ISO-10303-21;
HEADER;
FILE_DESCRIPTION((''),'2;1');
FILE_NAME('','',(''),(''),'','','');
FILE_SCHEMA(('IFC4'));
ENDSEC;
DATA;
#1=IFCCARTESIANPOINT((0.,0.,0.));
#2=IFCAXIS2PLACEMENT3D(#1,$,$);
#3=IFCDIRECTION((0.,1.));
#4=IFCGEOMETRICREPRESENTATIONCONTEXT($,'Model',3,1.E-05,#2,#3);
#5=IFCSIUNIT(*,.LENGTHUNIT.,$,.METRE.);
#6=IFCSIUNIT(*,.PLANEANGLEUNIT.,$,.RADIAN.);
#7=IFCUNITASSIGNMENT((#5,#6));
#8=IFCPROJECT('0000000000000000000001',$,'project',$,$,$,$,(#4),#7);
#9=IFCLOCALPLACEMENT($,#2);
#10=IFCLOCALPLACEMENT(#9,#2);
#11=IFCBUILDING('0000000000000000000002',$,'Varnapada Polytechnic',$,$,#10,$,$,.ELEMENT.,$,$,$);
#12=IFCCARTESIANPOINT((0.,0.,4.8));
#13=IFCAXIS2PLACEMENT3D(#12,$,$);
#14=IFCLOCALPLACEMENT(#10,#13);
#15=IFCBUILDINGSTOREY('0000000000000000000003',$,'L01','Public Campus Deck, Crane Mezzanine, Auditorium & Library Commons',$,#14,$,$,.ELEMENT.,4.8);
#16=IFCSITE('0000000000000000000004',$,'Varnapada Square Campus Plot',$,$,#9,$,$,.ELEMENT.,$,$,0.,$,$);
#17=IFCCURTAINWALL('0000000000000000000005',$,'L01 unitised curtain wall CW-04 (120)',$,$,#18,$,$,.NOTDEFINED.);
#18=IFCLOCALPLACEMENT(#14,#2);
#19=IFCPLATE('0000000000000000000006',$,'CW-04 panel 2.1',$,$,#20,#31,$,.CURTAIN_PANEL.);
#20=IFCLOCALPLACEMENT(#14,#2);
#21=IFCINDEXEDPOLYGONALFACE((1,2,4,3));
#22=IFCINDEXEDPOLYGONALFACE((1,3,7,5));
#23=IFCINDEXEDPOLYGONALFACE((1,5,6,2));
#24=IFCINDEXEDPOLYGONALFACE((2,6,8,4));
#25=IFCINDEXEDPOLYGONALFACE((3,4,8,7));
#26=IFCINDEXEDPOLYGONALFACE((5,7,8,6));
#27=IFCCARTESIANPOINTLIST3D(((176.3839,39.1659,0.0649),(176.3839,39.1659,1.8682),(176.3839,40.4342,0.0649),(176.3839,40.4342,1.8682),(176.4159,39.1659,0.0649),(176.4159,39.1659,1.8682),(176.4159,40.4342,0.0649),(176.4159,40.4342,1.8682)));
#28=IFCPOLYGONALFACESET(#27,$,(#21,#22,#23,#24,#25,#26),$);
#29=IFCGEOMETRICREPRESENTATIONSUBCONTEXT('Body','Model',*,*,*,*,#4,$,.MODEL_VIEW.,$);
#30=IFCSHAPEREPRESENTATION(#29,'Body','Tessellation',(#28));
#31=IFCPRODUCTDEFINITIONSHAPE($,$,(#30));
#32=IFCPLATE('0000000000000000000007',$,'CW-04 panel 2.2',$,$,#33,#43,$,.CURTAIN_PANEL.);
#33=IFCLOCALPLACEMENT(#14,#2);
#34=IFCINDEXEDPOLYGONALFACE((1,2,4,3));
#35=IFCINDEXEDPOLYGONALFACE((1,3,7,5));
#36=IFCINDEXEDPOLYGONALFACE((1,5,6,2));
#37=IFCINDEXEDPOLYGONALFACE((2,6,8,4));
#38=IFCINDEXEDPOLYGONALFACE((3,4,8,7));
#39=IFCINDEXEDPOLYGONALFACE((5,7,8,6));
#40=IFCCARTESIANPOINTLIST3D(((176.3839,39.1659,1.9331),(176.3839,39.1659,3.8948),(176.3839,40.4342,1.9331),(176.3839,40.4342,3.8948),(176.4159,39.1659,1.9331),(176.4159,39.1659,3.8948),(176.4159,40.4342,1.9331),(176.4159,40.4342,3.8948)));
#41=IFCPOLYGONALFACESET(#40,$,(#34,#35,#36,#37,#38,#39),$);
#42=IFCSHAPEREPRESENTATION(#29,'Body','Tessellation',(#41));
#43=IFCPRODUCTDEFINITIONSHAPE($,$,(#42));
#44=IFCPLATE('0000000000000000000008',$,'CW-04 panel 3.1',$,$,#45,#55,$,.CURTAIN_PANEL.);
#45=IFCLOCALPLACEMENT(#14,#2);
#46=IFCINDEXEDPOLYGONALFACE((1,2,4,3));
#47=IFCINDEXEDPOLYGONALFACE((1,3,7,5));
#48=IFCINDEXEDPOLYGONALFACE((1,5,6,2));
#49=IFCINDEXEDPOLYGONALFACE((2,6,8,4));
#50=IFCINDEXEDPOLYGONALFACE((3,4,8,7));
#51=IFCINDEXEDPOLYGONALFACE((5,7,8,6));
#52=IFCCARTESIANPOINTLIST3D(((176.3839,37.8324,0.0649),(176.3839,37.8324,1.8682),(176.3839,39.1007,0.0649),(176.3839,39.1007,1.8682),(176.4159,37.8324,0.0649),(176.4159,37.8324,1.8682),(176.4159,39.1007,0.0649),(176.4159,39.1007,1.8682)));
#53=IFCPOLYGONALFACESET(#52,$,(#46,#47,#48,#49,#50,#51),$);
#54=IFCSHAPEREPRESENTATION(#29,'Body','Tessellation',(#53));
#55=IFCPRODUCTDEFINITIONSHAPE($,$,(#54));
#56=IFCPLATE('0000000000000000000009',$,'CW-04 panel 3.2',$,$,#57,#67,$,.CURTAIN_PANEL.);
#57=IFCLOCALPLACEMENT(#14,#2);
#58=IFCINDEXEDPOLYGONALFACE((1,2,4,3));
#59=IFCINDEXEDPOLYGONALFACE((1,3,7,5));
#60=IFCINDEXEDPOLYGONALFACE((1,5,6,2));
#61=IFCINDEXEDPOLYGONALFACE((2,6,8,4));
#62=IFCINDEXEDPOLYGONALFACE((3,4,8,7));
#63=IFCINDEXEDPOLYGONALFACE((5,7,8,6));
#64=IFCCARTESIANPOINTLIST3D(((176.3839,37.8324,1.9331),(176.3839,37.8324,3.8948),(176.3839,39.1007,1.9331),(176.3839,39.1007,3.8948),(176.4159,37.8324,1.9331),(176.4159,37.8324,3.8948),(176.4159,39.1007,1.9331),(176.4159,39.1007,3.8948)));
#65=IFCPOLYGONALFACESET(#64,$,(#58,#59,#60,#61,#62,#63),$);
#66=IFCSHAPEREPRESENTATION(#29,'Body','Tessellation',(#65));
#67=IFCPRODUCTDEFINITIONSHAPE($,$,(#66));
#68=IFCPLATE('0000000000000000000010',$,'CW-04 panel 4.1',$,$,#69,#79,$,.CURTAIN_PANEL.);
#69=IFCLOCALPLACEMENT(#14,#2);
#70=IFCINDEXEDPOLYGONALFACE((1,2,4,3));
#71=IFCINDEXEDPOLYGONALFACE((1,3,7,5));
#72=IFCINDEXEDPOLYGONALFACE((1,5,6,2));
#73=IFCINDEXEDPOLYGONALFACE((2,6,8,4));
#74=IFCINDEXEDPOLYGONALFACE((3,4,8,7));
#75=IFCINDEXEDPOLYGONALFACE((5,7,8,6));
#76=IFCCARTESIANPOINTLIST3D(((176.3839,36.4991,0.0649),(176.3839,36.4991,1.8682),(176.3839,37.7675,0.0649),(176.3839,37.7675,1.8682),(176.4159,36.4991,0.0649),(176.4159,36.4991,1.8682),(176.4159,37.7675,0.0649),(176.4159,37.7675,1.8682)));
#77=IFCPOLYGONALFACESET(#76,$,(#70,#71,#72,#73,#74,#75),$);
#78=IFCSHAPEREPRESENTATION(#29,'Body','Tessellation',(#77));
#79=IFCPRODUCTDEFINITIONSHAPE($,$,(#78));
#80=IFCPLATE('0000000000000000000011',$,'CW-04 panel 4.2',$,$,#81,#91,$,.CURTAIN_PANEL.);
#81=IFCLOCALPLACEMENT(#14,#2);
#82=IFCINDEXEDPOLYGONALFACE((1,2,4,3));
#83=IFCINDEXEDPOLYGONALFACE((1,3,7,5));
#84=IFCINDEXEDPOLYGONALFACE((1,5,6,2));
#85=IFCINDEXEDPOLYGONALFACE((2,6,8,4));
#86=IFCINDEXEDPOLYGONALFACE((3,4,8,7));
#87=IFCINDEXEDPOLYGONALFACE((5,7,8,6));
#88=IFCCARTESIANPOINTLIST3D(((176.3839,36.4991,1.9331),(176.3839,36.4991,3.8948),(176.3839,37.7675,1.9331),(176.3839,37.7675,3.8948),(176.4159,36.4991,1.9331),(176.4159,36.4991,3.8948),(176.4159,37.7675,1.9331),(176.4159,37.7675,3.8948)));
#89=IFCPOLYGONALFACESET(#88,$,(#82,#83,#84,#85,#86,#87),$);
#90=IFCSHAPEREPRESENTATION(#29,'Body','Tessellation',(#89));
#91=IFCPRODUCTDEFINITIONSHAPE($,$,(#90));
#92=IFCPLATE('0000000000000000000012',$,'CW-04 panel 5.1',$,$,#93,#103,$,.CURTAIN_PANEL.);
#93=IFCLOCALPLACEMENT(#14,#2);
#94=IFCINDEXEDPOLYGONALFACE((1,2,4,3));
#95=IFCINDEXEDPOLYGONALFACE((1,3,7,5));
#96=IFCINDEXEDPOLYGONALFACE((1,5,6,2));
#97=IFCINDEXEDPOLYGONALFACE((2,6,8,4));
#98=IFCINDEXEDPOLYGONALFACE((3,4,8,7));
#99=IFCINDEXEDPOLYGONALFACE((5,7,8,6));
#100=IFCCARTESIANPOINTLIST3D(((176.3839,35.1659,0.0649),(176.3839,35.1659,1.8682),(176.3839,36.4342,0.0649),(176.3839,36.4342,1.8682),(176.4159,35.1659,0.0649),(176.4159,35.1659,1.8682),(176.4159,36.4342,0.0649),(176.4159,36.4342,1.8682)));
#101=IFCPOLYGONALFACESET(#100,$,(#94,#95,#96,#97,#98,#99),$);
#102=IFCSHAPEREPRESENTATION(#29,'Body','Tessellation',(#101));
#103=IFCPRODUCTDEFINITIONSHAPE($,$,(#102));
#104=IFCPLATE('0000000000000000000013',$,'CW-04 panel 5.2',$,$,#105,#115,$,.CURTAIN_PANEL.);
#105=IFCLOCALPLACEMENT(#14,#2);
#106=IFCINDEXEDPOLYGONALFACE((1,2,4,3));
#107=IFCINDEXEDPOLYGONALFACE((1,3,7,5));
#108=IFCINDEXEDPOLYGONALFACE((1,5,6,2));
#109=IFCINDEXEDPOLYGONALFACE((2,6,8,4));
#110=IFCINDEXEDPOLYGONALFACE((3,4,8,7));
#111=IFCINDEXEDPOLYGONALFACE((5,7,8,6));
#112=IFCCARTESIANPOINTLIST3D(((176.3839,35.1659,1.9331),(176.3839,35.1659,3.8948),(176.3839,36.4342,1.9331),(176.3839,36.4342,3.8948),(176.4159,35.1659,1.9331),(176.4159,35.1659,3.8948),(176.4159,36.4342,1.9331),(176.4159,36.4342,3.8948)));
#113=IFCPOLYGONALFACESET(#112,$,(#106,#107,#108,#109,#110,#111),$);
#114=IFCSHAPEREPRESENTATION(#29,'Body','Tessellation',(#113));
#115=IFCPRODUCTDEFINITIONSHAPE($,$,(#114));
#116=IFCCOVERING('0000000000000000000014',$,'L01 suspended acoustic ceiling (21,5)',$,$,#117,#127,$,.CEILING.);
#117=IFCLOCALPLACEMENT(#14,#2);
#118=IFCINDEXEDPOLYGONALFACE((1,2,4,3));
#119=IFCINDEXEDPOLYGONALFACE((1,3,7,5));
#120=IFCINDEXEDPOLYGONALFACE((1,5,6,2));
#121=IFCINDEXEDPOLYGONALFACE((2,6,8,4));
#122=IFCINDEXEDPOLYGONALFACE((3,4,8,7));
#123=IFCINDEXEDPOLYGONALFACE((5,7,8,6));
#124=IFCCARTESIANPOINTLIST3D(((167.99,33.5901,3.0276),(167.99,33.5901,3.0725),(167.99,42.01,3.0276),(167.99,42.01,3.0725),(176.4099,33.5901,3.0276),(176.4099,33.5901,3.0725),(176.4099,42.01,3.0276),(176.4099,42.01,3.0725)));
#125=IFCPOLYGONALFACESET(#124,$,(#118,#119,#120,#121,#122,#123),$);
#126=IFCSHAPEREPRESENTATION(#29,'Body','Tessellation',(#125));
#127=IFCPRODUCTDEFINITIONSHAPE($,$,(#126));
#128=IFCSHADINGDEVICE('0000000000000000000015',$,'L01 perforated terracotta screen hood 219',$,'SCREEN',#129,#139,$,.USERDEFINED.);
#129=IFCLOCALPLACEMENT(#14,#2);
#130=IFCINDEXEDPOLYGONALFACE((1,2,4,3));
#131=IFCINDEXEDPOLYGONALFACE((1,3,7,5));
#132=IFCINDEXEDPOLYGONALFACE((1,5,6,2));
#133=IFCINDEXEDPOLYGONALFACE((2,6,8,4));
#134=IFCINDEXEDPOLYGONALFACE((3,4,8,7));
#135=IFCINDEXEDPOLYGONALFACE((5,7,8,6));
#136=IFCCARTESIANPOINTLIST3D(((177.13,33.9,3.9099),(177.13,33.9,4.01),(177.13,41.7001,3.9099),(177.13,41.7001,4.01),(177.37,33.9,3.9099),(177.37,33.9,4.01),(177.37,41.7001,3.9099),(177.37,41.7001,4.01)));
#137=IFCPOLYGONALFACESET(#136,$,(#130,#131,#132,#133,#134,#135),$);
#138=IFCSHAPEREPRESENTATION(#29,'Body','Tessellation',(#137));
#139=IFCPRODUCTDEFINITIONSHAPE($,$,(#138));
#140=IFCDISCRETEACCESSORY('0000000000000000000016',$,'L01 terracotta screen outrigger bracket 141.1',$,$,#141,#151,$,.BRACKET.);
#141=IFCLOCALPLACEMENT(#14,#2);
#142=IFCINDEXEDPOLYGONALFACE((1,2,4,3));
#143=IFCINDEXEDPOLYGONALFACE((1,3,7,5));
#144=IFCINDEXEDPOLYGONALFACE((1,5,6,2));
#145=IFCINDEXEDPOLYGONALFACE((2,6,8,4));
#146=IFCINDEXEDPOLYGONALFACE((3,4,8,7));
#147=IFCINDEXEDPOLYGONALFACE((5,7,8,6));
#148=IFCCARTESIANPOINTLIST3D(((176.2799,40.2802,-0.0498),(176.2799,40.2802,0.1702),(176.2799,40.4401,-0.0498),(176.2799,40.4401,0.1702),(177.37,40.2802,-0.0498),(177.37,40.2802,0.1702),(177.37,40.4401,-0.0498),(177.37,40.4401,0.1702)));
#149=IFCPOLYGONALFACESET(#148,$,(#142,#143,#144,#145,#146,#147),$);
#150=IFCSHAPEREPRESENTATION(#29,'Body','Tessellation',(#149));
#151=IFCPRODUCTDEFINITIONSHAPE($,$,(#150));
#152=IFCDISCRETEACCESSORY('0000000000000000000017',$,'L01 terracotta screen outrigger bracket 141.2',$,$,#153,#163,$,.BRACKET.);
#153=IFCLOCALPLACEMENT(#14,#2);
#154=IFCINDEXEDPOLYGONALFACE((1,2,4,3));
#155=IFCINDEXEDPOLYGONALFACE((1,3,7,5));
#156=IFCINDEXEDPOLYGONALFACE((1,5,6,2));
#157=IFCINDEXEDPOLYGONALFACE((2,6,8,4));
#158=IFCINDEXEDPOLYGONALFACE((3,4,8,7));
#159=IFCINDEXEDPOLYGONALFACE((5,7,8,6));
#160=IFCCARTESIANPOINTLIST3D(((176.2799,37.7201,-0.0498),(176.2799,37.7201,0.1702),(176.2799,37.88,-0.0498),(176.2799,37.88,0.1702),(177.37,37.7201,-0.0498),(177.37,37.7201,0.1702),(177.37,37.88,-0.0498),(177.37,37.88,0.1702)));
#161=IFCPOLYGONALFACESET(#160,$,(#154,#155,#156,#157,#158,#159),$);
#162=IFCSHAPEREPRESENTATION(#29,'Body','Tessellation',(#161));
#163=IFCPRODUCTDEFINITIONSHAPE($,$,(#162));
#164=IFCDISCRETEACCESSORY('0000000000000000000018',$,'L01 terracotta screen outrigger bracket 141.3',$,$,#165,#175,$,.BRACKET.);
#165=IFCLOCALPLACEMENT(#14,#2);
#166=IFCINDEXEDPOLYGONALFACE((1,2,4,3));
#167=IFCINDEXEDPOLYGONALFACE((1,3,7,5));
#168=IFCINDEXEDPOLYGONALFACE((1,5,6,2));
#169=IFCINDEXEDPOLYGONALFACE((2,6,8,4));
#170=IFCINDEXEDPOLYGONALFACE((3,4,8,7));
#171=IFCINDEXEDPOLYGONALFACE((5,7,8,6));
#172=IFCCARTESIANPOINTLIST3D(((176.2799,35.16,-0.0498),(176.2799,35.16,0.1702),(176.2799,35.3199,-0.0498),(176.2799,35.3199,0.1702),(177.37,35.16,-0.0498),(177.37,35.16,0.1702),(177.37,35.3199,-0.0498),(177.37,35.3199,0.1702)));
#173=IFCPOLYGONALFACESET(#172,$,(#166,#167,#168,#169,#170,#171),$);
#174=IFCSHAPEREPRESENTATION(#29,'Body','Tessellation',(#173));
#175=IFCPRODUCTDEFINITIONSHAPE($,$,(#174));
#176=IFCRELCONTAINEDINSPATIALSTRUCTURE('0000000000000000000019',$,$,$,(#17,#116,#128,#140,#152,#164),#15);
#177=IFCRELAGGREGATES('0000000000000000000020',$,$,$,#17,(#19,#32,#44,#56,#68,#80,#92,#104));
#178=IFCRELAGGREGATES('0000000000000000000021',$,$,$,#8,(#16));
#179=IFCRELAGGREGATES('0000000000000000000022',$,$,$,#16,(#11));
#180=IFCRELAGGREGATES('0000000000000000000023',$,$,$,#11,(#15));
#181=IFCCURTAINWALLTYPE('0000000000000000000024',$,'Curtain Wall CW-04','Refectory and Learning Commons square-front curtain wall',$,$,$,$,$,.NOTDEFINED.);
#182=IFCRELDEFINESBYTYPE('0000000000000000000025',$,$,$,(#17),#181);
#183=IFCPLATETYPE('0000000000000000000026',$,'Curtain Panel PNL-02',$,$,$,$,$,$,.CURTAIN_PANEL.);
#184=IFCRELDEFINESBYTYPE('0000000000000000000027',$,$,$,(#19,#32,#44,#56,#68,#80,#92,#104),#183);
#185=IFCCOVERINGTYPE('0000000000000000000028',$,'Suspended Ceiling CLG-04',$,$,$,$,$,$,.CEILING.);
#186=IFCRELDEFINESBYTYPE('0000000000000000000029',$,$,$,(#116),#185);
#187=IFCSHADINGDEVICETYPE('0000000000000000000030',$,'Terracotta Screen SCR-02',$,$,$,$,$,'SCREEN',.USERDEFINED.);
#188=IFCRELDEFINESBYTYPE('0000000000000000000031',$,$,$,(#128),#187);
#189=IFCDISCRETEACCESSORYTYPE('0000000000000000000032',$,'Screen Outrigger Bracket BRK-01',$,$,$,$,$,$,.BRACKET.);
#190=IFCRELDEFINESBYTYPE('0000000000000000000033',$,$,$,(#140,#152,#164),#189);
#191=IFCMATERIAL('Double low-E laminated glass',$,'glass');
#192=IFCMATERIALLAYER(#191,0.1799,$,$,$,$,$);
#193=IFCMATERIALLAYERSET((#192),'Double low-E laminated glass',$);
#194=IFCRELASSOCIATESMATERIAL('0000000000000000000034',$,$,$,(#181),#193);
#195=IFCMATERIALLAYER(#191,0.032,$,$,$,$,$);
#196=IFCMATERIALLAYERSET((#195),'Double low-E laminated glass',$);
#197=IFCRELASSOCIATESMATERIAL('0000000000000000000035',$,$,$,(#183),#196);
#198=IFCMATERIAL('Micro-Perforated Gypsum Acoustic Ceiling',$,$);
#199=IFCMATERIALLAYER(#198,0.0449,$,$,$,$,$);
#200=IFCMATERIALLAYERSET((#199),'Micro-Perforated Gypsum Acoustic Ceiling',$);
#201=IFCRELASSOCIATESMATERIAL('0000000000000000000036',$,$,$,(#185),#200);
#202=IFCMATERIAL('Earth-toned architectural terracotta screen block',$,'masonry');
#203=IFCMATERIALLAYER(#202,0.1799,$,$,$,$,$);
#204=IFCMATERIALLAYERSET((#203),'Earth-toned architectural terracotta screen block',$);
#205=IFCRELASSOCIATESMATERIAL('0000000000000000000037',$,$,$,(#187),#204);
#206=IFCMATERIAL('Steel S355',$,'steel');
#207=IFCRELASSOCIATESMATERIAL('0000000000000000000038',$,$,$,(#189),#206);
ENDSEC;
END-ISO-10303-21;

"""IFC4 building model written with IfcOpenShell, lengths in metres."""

from ifc_helpers import new_model, si_unit, direction, frame, origin, origin_2d, place, context, subcontext, project, spatial, rectangle, extrude, material, layer, layer_set, type_object, element, aggregate, save


model = new_model("IFC4")

# Units and contexts
model_context = context("Model", 3, precision=1e-05, world=origin(), true_north=direction((0.0, 1.0)))
body_context = subcontext(model_context, "Body", "Model", "MODEL_VIEW")
ifc_project = project(units=[si_unit("LENGTHUNIT", "METRE"), si_unit("PLANEANGLEUNIT", "RADIAN")], contexts=[model_context])

# Site, building, storey
site_placement = place(None, origin())
site = spatial("IfcSite", under=ifc_project, at=site_placement, Name="Varnapada Square Campus Plot", CompositionType="ELEMENT", RefElevation=0.0)
building_placement = place(site_placement, origin())
building = spatial("IfcBuilding", under=site, at=building_placement, Name="Varnapada Polytechnic", CompositionType="ELEMENT")
storey_placement = place(building_placement, frame((0.0, 0.0, 4.8)))
storey = spatial("IfcBuildingStorey", under=building, at=storey_placement, Name="L01", Description="Public Campus Deck, Crane Mezzanine, Auditorium & Library Commons", CompositionType="ELEMENT", Elevation=4.8)

# Curtain wall, plates
ifc_material_1 = material(Name="Double low-E laminated glass", Category="glass")
ifc_layer_1 = layer(ifc_material_1, 0.1799)
ifc_layer_set_1 = layer_set([ifc_layer_1], Name="Double low-E laminated glass")
curtain_wall_type = type_object("IfcCurtainWallType", Name="Curtain Wall CW-04", Description="Refectory and Learning Commons square-front curtain wall", PredefinedType="NOTDEFINED", material=ifc_layer_set_1)
curtain_wall_placement = place(storey_placement, origin())
curtain_wall = element("IfcCurtainWall", 1, at=curtain_wall_placement, inside=storey, type_object=curtain_wall_type, Name="L01 unitised curtain wall CW-04 (120)", PredefinedType="NOTDEFINED")
ifc_layer_2 = layer(ifc_material_1, 0.032)
ifc_layer_set_2 = layer_set([ifc_layer_2], Name="Double low-E laminated glass")
plate_type = type_object("IfcPlateType", Name="Curtain Panel PNL-02", PredefinedType="CURTAIN_PANEL", material=ifc_layer_set_2)
plate_1_placement = place(storey_placement, frame((176.3999, 39.8, 0.0649), z_axis=(0.0, 0.0, 1.0), x_axis=(0.0, -1.0, 0.0)))
plate_1 = element("IfcPlate", 2, at=plate_1_placement, type_object=plate_type, Name="CW-04 panel 2.1", PredefinedType="CURTAIN_PANEL", context=body_context, shape_type="SweptSolid", body=[
    extrude(rectangle(XDim=1.2683, YDim=0.032, at=origin_2d()), origin(), (0.0, 0.0, 1.0), 1.8032),
])
plate_2_placement = place(storey_placement, frame((176.3999, 39.8, 1.9331), z_axis=(0.0, 0.0, 1.0), x_axis=(0.0, -1.0, 0.0)))
plate_2 = element("IfcPlate", 3, at=plate_2_placement, type_object=plate_type, Name="CW-04 panel 2.2", PredefinedType="CURTAIN_PANEL", context=body_context, shape_type="SweptSolid", body=[
    extrude(rectangle(XDim=1.2683, YDim=0.032, at=origin_2d()), origin(), (0.0, 0.0, 1.0), 1.9617),
])
plate_3_placement = place(storey_placement, frame((176.3999, 38.4666, 0.0649), z_axis=(0.0, 0.0, 1.0), x_axis=(0.0, -1.0, 0.0)))
plate_3 = element("IfcPlate", 4, at=plate_3_placement, type_object=plate_type, Name="CW-04 panel 3.1", PredefinedType="CURTAIN_PANEL", context=body_context, shape_type="SweptSolid", body=[
    extrude(rectangle(XDim=1.2683, YDim=0.032, at=origin_2d()), origin(), (0.0, 0.0, 1.0), 1.8032),
])
plate_4_placement = place(storey_placement, frame((176.3999, 38.4666, 1.9331), z_axis=(0.0, 0.0, 1.0), x_axis=(0.0, -1.0, 0.0)))
plate_4 = element("IfcPlate", 5, at=plate_4_placement, type_object=plate_type, Name="CW-04 panel 3.2", PredefinedType="CURTAIN_PANEL", context=body_context, shape_type="SweptSolid", body=[
    extrude(rectangle(XDim=1.2683, YDim=0.032, at=origin_2d()), origin(), (0.0, 0.0, 1.0), 1.9617),
])
plate_5_placement = place(storey_placement, frame((176.3999, 37.1333, 0.0649), z_axis=(0.0, 0.0, 1.0), x_axis=(0.0, -1.0, 0.0)))
plate_5 = element("IfcPlate", 6, at=plate_5_placement, type_object=plate_type, Name="CW-04 panel 4.1", PredefinedType="CURTAIN_PANEL", context=body_context, shape_type="SweptSolid", body=[
    extrude(rectangle(XDim=1.2683, YDim=0.032, at=origin_2d()), origin(), (0.0, 0.0, 1.0), 1.8032),
])
plate_6_placement = place(storey_placement, frame((176.3999, 37.1333, 1.9331), z_axis=(0.0, 0.0, 1.0), x_axis=(0.0, -1.0, 0.0)))
plate_6 = element("IfcPlate", 7, at=plate_6_placement, type_object=plate_type, Name="CW-04 panel 4.2", PredefinedType="CURTAIN_PANEL", context=body_context, shape_type="SweptSolid", body=[
    extrude(rectangle(XDim=1.2683, YDim=0.032, at=origin_2d()), origin(), (0.0, 0.0, 1.0), 1.9617),
])
plate_7_placement = place(storey_placement, frame((176.3999, 35.8, 0.0649), z_axis=(0.0, 0.0, 1.0), x_axis=(0.0, -1.0, 0.0)))
plate_7 = element("IfcPlate", 8, at=plate_7_placement, type_object=plate_type, Name="CW-04 panel 5.1", PredefinedType="CURTAIN_PANEL", context=body_context, shape_type="SweptSolid", body=[
    extrude(rectangle(XDim=1.2683, YDim=0.032, at=origin_2d()), origin(), (0.0, 0.0, 1.0), 1.8032),
])
plate_8_placement = place(storey_placement, frame((176.3999, 35.8, 1.9331), z_axis=(0.0, 0.0, 1.0), x_axis=(0.0, -1.0, 0.0)))
plate_8 = element("IfcPlate", 9, at=plate_8_placement, type_object=plate_type, Name="CW-04 panel 5.2", PredefinedType="CURTAIN_PANEL", context=body_context, shape_type="SweptSolid", body=[
    extrude(rectangle(XDim=1.2683, YDim=0.032, at=origin_2d()), origin(), (0.0, 0.0, 1.0), 1.9617),
])
aggregate(curtain_wall, [plate_1, plate_2, plate_3, plate_4, plate_5, plate_6, plate_7, plate_8])

# Covering
ifc_material_2 = material(Name="Micro-Perforated Gypsum Acoustic Ceiling")
ifc_layer_3 = layer(ifc_material_2, 0.0449)
ifc_layer_set_3 = layer_set([ifc_layer_3], Name="Micro-Perforated Gypsum Acoustic Ceiling")
covering_type = type_object("IfcCoveringType", Name="Suspended Ceiling CLG-04", PredefinedType="CEILING", material=ifc_layer_set_3)
covering_placement = place(storey_placement, frame((172.2, 37.8, 3.0276), z_axis=(0.0, 0.0, 1.0), x_axis=(1.0, 0.0, 0.0)))
element("IfcCovering", 10, at=covering_placement, inside=storey, type_object=covering_type, Name="L01 suspended acoustic ceiling (21,5)", PredefinedType="CEILING", context=body_context, shape_type="SweptSolid", body=[
    extrude(rectangle(XDim=8.4199, YDim=8.4199, at=origin_2d()), origin(), (0.0, 0.0, 1.0), 0.0449),
])

# Shading device
ifc_material_3 = material(Name="Earth-toned architectural terracotta screen block", Category="masonry")
ifc_layer_4 = layer(ifc_material_3, 0.1799)
ifc_layer_set_4 = layer_set([ifc_layer_4], Name="Earth-toned architectural terracotta screen block")
shading_device_type = type_object("IfcShadingDeviceType", Name="Terracotta Screen SCR-02", ElementType="SCREEN", PredefinedType="USERDEFINED", material=ifc_layer_set_4)
shading_device_placement = place(storey_placement, frame((177.25, 37.8, 3.9099), z_axis=(0.0, 0.0, 1.0), x_axis=(0.0, -1.0, 0.0)))
element("IfcShadingDevice", 11, at=shading_device_placement, inside=storey, type_object=shading_device_type, Name="L01 perforated terracotta screen hood 219", ObjectType="SCREEN", PredefinedType="USERDEFINED", context=body_context, shape_type="SweptSolid", body=[
    extrude(rectangle(XDim=7.8, YDim=0.24, at=origin_2d()), origin(), (0.0, 0.0, 1.0), 0.1001),
])

# Discrete accessories
ifc_material_4 = material(Name="Steel S355", Category="steel")
discrete_accessory_type = type_object("IfcDiscreteAccessoryType", Name="Screen Outrigger Bracket BRK-01", PredefinedType="BRACKET", material=ifc_material_4)
for number, where, z_axis, x_axis, name in (
    (12, (176.825, 40.3601, -0.0498), (0.0, 0.0, 1.0), (0.0, -1.0, 0.0), "L01 terracotta screen outrigger bracket 141.1"),
    (13, (176.825, 37.8, -0.0498), (0.0, 0.0, 1.0), (0.0, -1.0, 0.0), "L01 terracotta screen outrigger bracket 141.2"),
    (14, (176.825, 35.24, -0.0498), (0.0, 0.0, 1.0), (0.0, -1.0, 0.0), "L01 terracotta screen outrigger bracket 141.3"),
):
    element("IfcDiscreteAccessory", number, at=place(storey_placement, frame(where, z_axis=z_axis, x_axis=x_axis)), inside=storey, type_object=discrete_accessory_type, Name=name, PredefinedType="BRACKET", context=body_context, shape_type="SweptSolid", body=[
        extrude(rectangle(XDim=0.1599, YDim=1.0901, at=origin_2d()), origin(), (0.0, 0.0, 1.0), 0.22),
    ])

save(model, "model.ifc")
